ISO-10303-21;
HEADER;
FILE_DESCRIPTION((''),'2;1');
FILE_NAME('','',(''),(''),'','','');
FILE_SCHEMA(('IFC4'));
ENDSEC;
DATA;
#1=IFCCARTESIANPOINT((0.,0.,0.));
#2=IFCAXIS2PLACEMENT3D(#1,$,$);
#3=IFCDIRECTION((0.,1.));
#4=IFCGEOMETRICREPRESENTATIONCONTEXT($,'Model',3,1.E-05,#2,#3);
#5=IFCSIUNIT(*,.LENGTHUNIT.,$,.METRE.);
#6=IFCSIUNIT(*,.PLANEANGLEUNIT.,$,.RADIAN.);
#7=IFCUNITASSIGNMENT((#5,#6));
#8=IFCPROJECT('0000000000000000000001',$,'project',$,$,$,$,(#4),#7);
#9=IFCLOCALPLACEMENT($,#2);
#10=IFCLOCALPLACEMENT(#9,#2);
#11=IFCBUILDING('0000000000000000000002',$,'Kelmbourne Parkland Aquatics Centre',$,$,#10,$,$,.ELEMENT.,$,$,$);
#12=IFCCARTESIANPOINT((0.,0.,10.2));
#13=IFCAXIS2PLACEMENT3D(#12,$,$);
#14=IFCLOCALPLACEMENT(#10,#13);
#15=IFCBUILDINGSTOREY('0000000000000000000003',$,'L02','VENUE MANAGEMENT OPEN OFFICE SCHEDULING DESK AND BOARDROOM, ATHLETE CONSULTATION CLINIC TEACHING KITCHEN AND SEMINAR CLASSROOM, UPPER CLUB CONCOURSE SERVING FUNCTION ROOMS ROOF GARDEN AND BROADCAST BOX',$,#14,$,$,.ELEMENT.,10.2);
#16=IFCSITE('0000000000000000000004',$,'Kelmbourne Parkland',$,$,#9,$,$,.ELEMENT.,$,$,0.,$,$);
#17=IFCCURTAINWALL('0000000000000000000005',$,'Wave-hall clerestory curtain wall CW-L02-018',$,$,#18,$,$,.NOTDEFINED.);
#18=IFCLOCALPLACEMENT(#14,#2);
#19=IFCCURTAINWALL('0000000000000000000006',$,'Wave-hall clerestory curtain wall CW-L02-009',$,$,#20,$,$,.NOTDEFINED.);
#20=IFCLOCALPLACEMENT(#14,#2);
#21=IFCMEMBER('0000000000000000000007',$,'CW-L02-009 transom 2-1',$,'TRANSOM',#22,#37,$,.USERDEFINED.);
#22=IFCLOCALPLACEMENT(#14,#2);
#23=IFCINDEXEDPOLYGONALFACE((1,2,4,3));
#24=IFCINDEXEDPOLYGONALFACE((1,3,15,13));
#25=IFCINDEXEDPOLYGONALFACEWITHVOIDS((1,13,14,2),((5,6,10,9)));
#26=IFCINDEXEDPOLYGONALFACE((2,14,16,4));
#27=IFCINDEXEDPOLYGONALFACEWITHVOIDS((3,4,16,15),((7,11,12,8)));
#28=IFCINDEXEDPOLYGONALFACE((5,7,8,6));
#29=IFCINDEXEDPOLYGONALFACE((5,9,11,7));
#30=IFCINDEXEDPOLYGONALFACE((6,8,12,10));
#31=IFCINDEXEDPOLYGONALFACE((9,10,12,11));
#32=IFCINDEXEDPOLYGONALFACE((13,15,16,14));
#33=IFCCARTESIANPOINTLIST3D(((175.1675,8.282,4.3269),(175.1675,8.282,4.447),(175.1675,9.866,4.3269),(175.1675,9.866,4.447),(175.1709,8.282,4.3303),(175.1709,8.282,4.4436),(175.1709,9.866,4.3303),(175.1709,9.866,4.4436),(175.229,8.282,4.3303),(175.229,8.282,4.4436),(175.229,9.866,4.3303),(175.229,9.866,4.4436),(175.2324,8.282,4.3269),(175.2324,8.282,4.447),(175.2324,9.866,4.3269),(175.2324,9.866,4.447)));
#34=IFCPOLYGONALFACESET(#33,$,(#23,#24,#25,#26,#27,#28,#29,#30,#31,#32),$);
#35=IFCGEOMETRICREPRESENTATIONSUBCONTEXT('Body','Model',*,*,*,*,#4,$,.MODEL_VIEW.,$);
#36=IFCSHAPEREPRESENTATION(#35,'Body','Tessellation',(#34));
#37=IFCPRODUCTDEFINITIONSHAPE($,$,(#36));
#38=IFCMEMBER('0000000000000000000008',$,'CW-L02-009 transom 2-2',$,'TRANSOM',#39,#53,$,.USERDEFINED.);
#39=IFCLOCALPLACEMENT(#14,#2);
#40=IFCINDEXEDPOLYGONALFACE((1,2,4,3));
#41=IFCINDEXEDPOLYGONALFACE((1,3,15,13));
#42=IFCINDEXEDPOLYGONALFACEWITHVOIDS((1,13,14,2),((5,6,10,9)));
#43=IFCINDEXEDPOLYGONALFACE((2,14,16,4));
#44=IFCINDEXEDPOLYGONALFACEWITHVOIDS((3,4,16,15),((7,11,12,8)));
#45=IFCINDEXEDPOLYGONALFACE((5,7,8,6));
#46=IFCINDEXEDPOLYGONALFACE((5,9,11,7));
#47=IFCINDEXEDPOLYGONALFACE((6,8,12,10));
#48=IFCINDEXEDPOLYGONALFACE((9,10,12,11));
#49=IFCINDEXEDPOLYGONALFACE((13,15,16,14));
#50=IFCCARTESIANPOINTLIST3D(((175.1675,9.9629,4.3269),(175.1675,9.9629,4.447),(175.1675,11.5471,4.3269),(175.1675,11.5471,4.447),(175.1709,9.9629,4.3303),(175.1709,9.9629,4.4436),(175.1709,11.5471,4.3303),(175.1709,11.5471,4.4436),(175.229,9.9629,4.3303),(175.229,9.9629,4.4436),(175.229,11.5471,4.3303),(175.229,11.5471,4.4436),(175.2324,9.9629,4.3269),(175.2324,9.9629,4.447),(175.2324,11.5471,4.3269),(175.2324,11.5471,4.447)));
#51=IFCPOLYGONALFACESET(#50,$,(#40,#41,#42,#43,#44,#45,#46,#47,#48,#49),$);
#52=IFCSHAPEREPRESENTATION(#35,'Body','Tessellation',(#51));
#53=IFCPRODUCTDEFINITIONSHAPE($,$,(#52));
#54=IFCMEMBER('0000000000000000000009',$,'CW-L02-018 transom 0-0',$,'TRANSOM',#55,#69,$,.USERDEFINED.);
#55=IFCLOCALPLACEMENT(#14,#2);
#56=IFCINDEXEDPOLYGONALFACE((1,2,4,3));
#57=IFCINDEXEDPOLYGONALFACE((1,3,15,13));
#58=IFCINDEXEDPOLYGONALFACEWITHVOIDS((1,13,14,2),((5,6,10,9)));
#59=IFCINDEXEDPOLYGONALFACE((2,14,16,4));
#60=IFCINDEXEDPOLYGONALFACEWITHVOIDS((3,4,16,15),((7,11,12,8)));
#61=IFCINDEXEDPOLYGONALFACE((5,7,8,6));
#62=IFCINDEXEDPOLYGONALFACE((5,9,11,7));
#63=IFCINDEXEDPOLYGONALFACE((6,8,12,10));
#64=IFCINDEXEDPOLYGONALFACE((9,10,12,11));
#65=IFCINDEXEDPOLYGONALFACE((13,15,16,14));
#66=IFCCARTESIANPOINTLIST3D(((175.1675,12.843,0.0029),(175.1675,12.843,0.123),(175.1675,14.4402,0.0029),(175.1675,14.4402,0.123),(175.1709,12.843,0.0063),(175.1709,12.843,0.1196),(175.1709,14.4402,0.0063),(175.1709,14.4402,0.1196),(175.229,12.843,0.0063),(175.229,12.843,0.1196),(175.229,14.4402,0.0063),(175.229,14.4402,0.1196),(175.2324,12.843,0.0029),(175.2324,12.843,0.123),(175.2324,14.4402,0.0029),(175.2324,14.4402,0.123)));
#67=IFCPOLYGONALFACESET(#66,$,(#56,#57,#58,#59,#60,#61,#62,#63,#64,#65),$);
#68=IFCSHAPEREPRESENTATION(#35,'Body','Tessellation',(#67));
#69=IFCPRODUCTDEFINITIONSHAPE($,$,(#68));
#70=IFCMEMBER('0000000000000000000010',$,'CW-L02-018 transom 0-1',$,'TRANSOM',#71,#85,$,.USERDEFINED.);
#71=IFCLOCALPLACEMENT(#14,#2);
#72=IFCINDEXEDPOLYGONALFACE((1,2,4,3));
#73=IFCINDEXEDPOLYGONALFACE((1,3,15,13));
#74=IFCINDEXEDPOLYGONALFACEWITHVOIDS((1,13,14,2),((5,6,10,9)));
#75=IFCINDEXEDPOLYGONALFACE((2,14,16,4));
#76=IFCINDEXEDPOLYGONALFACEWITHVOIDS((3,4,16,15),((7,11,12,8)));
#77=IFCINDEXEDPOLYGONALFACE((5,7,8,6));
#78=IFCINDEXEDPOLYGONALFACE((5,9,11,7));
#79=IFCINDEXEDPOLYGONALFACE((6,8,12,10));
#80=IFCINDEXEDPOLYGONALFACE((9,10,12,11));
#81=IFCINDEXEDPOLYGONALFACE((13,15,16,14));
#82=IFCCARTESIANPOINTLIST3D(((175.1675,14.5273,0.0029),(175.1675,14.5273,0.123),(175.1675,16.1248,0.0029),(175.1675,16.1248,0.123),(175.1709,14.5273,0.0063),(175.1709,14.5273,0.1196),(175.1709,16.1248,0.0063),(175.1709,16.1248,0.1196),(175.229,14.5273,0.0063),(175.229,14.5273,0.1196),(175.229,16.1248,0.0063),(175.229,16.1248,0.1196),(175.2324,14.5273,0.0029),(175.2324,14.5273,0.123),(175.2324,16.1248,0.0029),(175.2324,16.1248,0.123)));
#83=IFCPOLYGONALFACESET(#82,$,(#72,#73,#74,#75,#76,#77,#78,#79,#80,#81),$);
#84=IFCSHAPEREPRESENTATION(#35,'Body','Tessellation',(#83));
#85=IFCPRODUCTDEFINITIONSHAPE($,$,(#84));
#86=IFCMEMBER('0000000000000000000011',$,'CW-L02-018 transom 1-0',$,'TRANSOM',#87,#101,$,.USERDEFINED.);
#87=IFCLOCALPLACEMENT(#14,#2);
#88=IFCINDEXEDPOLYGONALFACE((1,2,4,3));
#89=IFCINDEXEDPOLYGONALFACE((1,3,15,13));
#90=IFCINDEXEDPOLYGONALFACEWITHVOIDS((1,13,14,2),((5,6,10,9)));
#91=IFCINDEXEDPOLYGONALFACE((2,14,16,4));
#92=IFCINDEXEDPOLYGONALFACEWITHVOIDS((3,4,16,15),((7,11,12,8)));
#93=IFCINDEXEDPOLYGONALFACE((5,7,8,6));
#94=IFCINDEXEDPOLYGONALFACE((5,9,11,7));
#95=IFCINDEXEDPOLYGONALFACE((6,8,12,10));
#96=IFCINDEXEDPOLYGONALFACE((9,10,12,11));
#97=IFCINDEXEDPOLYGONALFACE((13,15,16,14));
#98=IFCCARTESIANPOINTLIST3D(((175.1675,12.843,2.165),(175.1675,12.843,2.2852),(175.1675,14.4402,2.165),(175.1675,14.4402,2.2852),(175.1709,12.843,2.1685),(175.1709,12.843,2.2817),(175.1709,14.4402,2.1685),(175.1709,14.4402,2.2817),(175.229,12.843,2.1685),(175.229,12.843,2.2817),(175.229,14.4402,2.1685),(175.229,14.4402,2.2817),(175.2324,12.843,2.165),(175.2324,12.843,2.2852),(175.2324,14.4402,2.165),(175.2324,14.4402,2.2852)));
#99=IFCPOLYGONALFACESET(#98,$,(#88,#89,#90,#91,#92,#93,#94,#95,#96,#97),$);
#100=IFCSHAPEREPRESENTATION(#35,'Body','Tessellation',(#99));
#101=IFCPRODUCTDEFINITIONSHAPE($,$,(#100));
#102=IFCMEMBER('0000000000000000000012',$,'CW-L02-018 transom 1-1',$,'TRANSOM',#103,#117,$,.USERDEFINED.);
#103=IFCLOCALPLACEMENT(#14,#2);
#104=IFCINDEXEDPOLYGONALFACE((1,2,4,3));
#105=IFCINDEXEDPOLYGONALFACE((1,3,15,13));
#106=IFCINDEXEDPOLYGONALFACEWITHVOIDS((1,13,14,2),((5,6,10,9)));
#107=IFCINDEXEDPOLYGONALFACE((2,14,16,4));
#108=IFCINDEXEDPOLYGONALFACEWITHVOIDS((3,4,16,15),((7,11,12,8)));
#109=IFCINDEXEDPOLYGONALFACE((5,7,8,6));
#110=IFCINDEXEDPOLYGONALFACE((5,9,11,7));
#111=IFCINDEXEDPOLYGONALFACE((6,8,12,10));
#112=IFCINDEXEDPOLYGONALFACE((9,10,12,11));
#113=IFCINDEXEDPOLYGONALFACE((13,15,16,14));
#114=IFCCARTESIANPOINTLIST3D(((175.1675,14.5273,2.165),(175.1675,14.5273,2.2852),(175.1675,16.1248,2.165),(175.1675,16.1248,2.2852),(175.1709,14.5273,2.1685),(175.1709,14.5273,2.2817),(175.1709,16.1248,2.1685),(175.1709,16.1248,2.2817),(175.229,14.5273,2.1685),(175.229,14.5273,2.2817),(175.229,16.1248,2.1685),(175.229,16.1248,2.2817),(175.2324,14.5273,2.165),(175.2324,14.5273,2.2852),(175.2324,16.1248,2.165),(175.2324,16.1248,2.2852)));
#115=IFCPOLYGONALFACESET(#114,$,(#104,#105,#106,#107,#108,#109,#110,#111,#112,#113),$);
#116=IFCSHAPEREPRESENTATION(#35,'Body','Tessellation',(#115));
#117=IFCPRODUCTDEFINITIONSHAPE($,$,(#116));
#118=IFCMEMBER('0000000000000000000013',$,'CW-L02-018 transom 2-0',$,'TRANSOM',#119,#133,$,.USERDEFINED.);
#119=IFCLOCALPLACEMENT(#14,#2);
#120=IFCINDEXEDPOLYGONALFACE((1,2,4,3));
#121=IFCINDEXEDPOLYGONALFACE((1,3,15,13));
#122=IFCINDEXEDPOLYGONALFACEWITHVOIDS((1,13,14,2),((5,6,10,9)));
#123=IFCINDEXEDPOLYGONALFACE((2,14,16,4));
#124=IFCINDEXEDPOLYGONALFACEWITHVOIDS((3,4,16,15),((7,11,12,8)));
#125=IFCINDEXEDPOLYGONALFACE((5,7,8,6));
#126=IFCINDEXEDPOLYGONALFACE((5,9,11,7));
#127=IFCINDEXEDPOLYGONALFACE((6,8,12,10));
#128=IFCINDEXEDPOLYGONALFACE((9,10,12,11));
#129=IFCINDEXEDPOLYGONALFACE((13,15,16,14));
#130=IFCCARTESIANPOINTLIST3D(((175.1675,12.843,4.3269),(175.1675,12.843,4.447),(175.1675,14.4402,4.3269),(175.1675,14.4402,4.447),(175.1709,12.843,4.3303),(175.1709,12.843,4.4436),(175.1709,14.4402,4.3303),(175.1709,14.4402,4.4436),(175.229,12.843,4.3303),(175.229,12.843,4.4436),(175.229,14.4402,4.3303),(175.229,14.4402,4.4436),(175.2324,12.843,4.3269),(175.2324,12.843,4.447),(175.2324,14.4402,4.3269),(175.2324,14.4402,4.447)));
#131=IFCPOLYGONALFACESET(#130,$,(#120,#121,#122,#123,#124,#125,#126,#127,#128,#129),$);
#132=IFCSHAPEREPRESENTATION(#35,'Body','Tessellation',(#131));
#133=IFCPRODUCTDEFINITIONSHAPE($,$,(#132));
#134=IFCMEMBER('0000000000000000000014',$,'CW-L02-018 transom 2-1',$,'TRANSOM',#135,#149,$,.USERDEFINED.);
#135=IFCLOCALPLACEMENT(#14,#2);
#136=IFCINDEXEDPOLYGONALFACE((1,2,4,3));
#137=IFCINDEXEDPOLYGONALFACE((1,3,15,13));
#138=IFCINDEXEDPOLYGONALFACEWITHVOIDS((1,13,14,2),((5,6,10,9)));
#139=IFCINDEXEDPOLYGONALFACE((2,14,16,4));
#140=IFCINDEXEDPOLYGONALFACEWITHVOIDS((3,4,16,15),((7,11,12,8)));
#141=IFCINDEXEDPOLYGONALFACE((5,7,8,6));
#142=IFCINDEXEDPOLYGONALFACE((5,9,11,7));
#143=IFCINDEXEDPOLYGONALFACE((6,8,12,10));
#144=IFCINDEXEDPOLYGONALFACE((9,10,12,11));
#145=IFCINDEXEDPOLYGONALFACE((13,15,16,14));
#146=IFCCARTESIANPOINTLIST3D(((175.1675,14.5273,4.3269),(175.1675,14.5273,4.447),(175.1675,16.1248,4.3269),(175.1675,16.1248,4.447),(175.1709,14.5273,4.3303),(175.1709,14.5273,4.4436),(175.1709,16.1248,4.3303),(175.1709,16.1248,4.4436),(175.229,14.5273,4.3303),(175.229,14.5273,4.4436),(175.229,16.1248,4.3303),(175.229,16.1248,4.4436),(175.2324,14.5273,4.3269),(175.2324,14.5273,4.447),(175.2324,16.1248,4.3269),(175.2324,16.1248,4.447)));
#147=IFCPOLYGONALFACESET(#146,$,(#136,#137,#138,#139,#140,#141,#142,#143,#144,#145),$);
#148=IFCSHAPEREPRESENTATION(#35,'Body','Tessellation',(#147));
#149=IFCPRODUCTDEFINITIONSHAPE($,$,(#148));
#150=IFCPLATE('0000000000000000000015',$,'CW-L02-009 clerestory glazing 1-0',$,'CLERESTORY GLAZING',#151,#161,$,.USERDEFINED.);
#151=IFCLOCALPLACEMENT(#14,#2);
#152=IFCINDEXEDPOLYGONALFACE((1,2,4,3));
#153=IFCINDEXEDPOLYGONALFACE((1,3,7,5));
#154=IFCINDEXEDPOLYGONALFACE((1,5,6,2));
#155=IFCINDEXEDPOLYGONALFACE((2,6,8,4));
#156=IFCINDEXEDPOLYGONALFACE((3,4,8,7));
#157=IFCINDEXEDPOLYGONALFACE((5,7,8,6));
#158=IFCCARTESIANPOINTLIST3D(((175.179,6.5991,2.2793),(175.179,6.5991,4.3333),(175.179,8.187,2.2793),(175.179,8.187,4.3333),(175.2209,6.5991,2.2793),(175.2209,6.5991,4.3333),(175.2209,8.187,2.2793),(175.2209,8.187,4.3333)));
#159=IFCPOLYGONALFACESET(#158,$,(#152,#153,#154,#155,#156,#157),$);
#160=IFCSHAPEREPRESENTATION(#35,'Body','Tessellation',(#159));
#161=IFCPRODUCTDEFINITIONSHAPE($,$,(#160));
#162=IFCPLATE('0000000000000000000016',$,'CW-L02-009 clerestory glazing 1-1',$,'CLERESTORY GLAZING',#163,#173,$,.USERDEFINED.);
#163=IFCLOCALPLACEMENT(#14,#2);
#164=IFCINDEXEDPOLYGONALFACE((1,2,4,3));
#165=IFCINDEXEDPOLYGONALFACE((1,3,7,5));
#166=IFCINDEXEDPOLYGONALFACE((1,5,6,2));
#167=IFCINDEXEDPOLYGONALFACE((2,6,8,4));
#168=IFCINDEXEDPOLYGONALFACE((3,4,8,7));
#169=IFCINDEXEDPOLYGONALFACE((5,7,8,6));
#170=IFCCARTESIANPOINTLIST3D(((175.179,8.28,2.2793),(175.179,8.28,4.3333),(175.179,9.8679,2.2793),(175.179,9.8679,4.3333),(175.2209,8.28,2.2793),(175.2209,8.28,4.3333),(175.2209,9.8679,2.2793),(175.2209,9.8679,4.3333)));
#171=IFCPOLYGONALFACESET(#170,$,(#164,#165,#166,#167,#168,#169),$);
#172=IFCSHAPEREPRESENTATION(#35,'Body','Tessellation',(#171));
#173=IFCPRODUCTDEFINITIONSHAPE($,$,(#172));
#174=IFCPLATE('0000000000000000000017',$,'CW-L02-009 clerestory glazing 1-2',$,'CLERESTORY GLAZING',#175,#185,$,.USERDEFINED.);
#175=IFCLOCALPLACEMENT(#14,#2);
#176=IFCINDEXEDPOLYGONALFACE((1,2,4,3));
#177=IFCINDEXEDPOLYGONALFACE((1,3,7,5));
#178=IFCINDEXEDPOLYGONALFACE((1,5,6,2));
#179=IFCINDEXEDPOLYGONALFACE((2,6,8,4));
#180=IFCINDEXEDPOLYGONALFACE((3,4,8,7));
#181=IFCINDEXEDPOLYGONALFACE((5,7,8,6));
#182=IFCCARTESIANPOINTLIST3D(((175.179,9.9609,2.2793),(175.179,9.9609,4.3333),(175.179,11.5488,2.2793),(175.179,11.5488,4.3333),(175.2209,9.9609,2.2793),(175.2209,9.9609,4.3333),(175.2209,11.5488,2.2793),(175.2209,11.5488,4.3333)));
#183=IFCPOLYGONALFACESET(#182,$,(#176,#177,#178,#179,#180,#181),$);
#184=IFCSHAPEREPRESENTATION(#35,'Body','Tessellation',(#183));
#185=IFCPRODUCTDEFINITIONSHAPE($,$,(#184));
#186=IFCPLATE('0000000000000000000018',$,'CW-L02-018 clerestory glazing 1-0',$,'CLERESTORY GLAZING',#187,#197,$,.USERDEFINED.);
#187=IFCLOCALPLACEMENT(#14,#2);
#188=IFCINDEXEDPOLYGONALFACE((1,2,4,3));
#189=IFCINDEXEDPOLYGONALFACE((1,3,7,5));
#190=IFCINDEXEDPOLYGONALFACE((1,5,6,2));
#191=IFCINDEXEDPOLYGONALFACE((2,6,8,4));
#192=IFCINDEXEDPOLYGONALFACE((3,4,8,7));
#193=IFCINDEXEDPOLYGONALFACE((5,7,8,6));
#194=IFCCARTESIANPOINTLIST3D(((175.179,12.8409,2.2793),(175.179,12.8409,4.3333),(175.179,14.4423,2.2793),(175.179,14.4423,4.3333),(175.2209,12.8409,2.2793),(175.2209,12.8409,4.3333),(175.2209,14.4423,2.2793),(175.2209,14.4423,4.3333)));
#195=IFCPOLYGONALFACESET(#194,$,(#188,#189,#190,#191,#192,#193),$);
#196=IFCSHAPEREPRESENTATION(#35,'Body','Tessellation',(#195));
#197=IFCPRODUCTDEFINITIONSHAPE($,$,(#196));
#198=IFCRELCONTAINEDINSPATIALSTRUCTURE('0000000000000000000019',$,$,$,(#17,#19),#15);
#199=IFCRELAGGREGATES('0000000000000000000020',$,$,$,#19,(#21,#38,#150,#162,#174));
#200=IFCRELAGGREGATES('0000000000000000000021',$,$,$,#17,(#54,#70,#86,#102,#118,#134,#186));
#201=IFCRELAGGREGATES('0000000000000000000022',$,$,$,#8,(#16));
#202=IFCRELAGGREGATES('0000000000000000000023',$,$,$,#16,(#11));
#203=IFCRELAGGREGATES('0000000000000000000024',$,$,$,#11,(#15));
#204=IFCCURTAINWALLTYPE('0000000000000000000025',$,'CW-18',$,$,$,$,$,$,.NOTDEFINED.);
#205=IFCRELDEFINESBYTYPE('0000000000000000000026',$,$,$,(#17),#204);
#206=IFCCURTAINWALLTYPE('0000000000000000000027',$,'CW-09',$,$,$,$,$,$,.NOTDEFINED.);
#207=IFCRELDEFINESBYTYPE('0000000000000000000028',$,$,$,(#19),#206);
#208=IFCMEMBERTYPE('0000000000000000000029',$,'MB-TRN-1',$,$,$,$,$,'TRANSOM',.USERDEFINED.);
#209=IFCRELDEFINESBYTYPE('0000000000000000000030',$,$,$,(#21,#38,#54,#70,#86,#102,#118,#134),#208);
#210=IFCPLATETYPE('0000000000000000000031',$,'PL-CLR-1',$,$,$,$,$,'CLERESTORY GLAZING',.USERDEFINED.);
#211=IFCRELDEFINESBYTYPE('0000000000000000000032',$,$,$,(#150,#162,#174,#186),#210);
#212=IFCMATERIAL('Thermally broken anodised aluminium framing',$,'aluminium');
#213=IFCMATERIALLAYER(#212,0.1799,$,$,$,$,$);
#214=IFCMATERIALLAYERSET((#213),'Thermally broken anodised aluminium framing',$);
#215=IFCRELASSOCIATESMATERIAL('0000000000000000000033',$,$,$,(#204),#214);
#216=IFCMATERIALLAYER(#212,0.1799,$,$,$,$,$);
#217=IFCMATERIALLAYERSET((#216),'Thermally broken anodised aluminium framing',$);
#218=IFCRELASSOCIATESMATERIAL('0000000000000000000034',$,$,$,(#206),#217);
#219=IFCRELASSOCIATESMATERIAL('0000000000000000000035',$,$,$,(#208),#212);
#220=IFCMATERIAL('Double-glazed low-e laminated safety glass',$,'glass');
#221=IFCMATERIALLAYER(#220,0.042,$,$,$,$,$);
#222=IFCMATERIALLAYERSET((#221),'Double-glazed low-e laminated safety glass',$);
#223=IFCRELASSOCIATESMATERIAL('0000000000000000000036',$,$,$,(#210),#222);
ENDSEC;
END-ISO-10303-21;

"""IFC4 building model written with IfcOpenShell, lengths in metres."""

from ifc_helpers import new_model, si_unit, direction, frame, origin, origin_2d, place, context, subcontext, project, spatial, rectangle, hollow_rectangle, extrude, material, layer, layer_set, material_profile, profile_set, type_object, element, aggregate, save


model = new_model("IFC4")

# Units and contexts
model_context = context("Model", 3, precision=1e-05, world=origin(), true_north=direction((0.0, 1.0)))
body_context = subcontext(model_context, "Body", "Model", "MODEL_VIEW")
ifc_project = project(units=[si_unit("LENGTHUNIT", "METRE"), si_unit("PLANEANGLEUNIT", "RADIAN")], contexts=[model_context])

# Site, building, storey
site_placement = place(None, origin())
site = spatial("IfcSite", under=ifc_project, at=site_placement, Name="Kelmbourne Parkland", CompositionType="ELEMENT", RefElevation=0.0)
building_placement = place(site_placement, origin())
building = spatial("IfcBuilding", under=site, at=building_placement, Name="Kelmbourne Parkland Aquatics Centre", CompositionType="ELEMENT")
storey_placement = place(building_placement, frame((0.0, 0.0, 10.2)))
storey = spatial("IfcBuildingStorey", under=building, at=storey_placement, Name="L02", Description="VENUE MANAGEMENT OPEN OFFICE SCHEDULING DESK AND BOARDROOM, ATHLETE CONSULTATION CLINIC TEACHING KITCHEN AND SEMINAR CLASSROOM, UPPER CLUB CONCOURSE SERVING FUNCTION ROOMS ROOF GARDEN AND BROADCAST BOX", CompositionType="ELEMENT", Elevation=10.2)

# Curtain walls, members
ifc_material_1 = material(Name="Thermally broken anodised aluminium framing", Category="aluminium")
ifc_layer_1 = layer(ifc_material_1, 0.1799)
ifc_layer_set_1 = layer_set([ifc_layer_1], Name="Thermally broken anodised aluminium framing")
curtain_wall_type_1 = type_object("IfcCurtainWallType", Name="CW-18", PredefinedType="NOTDEFINED", material=ifc_layer_set_1)
curtain_wall_1_placement = place(storey_placement, origin())
curtain_wall_1 = element("IfcCurtainWall", 1, at=curtain_wall_1_placement, inside=storey, type_object=curtain_wall_type_1, Name="Wave-hall clerestory curtain wall CW-L02-018", PredefinedType="NOTDEFINED")
ifc_layer_2 = layer(ifc_material_1, 0.1799)
ifc_layer_set_2 = layer_set([ifc_layer_2], Name="Thermally broken anodised aluminium framing")
curtain_wall_type_2 = type_object("IfcCurtainWallType", Name="CW-09", PredefinedType="NOTDEFINED", material=ifc_layer_set_2)
curtain_wall_2_placement = place(storey_placement, origin())
curtain_wall_2 = element("IfcCurtainWall", 2, at=curtain_wall_2_placement, inside=storey, type_object=curtain_wall_type_2, Name="Wave-hall clerestory curtain wall CW-L02-009", PredefinedType="NOTDEFINED")
ifc_material_profile_1 = material_profile(ifc_material_1, hollow_rectangle(XDim=0.0649, YDim=0.1201, WallThickness=0.0034, at=origin_2d()), Name="CW-T 65x120")
ifc_profile_set_1 = profile_set([ifc_material_profile_1], Name="Thermally broken anodised aluminium framing")
member_type_1 = type_object("IfcMemberType", Name="MB-TRN-1", ElementType="TRANSOM", PredefinedType="USERDEFINED", material=ifc_profile_set_1)
member_1_placement = place(storey_placement, frame((175.2, 8.282, 4.387), z_axis=(0.0, 1.0, 0.0), x_axis=(-1.0, 0.0, 0.0)))
member_1 = element("IfcMember", 3, at=member_1_placement, type_object=member_type_1, Name="CW-L02-009 transom 2-1", ObjectType="TRANSOM", PredefinedType="USERDEFINED", context=body_context, shape_type="SweptSolid", body=[
    extrude(hollow_rectangle(XDim=0.0649, YDim=0.1201, WallThickness=0.0034, at=origin_2d()), origin(), (0.0, 0.0, 1.0), 1.584),
])
member_2_placement = place(storey_placement, frame((175.2, 9.9629, 4.387), z_axis=(0.0, 1.0, 0.0), x_axis=(-1.0, 0.0, 0.0)))
member_2 = element("IfcMember", 4, at=member_2_placement, type_object=member_type_1, Name="CW-L02-009 transom 2-2", ObjectType="TRANSOM", PredefinedType="USERDEFINED", context=body_context, shape_type="SweptSolid", body=[
    extrude(hollow_rectangle(XDim=0.0649, YDim=0.1201, WallThickness=0.0034, at=origin_2d()), origin(), (0.0, 0.0, 1.0), 1.5842),
])

# Members
member_3_placement = place(storey_placement, frame((175.2, 12.843, 0.063), z_axis=(0.0, 1.0, 0.0), x_axis=(-1.0, 0.0, 0.0)))
member_3 = element("IfcMember", 5, at=member_3_placement, type_object=member_type_1, Name="CW-L02-018 transom 0-0", ObjectType="TRANSOM", PredefinedType="USERDEFINED", context=body_context, shape_type="SweptSolid", body=[
    extrude(hollow_rectangle(XDim=0.0649, YDim=0.1201, WallThickness=0.0034, at=origin_2d()), origin(), (0.0, 0.0, 1.0), 1.5972),
])
member_4_placement = place(storey_placement, frame((175.2, 14.5273, 0.063), z_axis=(0.0, 1.0, 0.0), x_axis=(-1.0, 0.0, 0.0)))
member_4 = element("IfcMember", 6, at=member_4_placement, type_object=member_type_1, Name="CW-L02-018 transom 0-1", ObjectType="TRANSOM", PredefinedType="USERDEFINED", context=body_context, shape_type="SweptSolid", body=[
    extrude(hollow_rectangle(XDim=0.0649, YDim=0.1201, WallThickness=0.0034, at=origin_2d()), origin(), (0.0, 0.0, 1.0), 1.5974),
])
member_5_placement = place(storey_placement, frame((175.2, 12.843, 2.2251), z_axis=(0.0, 1.0, 0.0), x_axis=(-1.0, 0.0, 0.0)))
member_5 = element("IfcMember", 7, at=member_5_placement, type_object=member_type_1, Name="CW-L02-018 transom 1-0", ObjectType="TRANSOM", PredefinedType="USERDEFINED", context=body_context, shape_type="SweptSolid", body=[
    extrude(hollow_rectangle(XDim=0.0649, YDim=0.1201, WallThickness=0.0034, at=origin_2d()), origin(), (0.0, 0.0, 1.0), 1.5972),
])
member_6_placement = place(storey_placement, frame((175.2, 14.5273, 2.2251), z_axis=(0.0, 1.0, 0.0), x_axis=(-1.0, 0.0, 0.0)))
member_6 = element("IfcMember", 8, at=member_6_placement, type_object=member_type_1, Name="CW-L02-018 transom 1-1", ObjectType="TRANSOM", PredefinedType="USERDEFINED", context=body_context, shape_type="SweptSolid", body=[
    extrude(hollow_rectangle(XDim=0.0649, YDim=0.1201, WallThickness=0.0034, at=origin_2d()), origin(), (0.0, 0.0, 1.0), 1.5974),
])
member_7_placement = place(storey_placement, frame((175.2, 12.843, 4.387), z_axis=(0.0, 1.0, 0.0), x_axis=(-1.0, 0.0, 0.0)))
member_7 = element("IfcMember", 9, at=member_7_placement, type_object=member_type_1, Name="CW-L02-018 transom 2-0", ObjectType="TRANSOM", PredefinedType="USERDEFINED", context=body_context, shape_type="SweptSolid", body=[
    extrude(hollow_rectangle(XDim=0.0649, YDim=0.1201, WallThickness=0.0034, at=origin_2d()), origin(), (0.0, 0.0, 1.0), 1.5972),
])
member_8_placement = place(storey_placement, frame((175.2, 14.5273, 4.387), z_axis=(0.0, 1.0, 0.0), x_axis=(-1.0, 0.0, 0.0)))
member_8 = element("IfcMember", 10, at=member_8_placement, type_object=member_type_1, Name="CW-L02-018 transom 2-1", ObjectType="TRANSOM", PredefinedType="USERDEFINED", context=body_context, shape_type="SweptSolid", body=[
    extrude(hollow_rectangle(XDim=0.0649, YDim=0.1201, WallThickness=0.0034, at=origin_2d()), origin(), (0.0, 0.0, 1.0), 1.5974),
])

# Plates
ifc_material_2 = material(Name="Double-glazed low-e laminated safety glass", Category="glass")
ifc_layer_3 = layer(ifc_material_2, 0.042)
ifc_layer_set_3 = layer_set([ifc_layer_3], Name="Double-glazed low-e laminated safety glass")
plate_type_1 = type_object("IfcPlateType", Name="PL-CLR-1", ElementType="CLERESTORY GLAZING", PredefinedType="USERDEFINED", material=ifc_layer_set_3)
plate_1_placement = place(storey_placement, frame((175.2, 7.3931, 2.2793), z_axis=(0.0, 0.0, 1.0), x_axis=(0.0, 1.0, 0.0)))
plate_1 = element("IfcPlate", 11, at=plate_1_placement, type_object=plate_type_1, Name="CW-L02-009 clerestory glazing 1-0", ObjectType="CLERESTORY GLAZING", PredefinedType="USERDEFINED", context=body_context, shape_type="SweptSolid", body=[
    extrude(rectangle(XDim=1.5879, YDim=0.042, at=origin_2d()), origin(), (0.0, 0.0, 1.0), 2.054),
])
plate_2_placement = place(storey_placement, frame((175.2, 9.074, 2.2793), z_axis=(0.0, 0.0, 1.0), x_axis=(0.0, 1.0, 0.0)))
plate_2 = element("IfcPlate", 12, at=plate_2_placement, type_object=plate_type_1, Name="CW-L02-009 clerestory glazing 1-1", ObjectType="CLERESTORY GLAZING", PredefinedType="USERDEFINED", context=body_context, shape_type="SweptSolid", body=[
    extrude(rectangle(XDim=1.5879, YDim=0.042, at=origin_2d()), origin(), (0.0, 0.0, 1.0), 2.054),
])
plate_3_placement = place(storey_placement, frame((175.2, 10.7549, 2.2793), z_axis=(0.0, 0.0, 1.0), x_axis=(0.0, 1.0, 0.0)))
plate_3 = element("IfcPlate", 13, at=plate_3_placement, type_object=plate_type_1, Name="CW-L02-009 clerestory glazing 1-2", ObjectType="CLERESTORY GLAZING", PredefinedType="USERDEFINED", context=body_context, shape_type="SweptSolid", body=[
    extrude(rectangle(XDim=1.5879, YDim=0.042, at=origin_2d()), origin(), (0.0, 0.0, 1.0), 2.054),
])
plate_4_placement = place(storey_placement, frame((175.2, 13.6416, 2.2793), z_axis=(0.0, 0.0, 1.0), x_axis=(0.0, 1.0, 0.0)))
plate_4 = element("IfcPlate", 14, at=plate_4_placement, type_object=plate_type_1, Name="CW-L02-018 clerestory glazing 1-0", ObjectType="CLERESTORY GLAZING", PredefinedType="USERDEFINED", context=body_context, shape_type="SweptSolid", body=[
    extrude(rectangle(XDim=1.6013, YDim=0.042, at=origin_2d()), origin(), (0.0, 0.0, 1.0), 2.054),
])
aggregate(curtain_wall_2, [member_1, member_2, plate_1, plate_2, plate_3])
aggregate(curtain_wall_1, [member_3, member_4, member_5, member_6, member_7, member_8, plate_4])

save(model, "model.ifc")
